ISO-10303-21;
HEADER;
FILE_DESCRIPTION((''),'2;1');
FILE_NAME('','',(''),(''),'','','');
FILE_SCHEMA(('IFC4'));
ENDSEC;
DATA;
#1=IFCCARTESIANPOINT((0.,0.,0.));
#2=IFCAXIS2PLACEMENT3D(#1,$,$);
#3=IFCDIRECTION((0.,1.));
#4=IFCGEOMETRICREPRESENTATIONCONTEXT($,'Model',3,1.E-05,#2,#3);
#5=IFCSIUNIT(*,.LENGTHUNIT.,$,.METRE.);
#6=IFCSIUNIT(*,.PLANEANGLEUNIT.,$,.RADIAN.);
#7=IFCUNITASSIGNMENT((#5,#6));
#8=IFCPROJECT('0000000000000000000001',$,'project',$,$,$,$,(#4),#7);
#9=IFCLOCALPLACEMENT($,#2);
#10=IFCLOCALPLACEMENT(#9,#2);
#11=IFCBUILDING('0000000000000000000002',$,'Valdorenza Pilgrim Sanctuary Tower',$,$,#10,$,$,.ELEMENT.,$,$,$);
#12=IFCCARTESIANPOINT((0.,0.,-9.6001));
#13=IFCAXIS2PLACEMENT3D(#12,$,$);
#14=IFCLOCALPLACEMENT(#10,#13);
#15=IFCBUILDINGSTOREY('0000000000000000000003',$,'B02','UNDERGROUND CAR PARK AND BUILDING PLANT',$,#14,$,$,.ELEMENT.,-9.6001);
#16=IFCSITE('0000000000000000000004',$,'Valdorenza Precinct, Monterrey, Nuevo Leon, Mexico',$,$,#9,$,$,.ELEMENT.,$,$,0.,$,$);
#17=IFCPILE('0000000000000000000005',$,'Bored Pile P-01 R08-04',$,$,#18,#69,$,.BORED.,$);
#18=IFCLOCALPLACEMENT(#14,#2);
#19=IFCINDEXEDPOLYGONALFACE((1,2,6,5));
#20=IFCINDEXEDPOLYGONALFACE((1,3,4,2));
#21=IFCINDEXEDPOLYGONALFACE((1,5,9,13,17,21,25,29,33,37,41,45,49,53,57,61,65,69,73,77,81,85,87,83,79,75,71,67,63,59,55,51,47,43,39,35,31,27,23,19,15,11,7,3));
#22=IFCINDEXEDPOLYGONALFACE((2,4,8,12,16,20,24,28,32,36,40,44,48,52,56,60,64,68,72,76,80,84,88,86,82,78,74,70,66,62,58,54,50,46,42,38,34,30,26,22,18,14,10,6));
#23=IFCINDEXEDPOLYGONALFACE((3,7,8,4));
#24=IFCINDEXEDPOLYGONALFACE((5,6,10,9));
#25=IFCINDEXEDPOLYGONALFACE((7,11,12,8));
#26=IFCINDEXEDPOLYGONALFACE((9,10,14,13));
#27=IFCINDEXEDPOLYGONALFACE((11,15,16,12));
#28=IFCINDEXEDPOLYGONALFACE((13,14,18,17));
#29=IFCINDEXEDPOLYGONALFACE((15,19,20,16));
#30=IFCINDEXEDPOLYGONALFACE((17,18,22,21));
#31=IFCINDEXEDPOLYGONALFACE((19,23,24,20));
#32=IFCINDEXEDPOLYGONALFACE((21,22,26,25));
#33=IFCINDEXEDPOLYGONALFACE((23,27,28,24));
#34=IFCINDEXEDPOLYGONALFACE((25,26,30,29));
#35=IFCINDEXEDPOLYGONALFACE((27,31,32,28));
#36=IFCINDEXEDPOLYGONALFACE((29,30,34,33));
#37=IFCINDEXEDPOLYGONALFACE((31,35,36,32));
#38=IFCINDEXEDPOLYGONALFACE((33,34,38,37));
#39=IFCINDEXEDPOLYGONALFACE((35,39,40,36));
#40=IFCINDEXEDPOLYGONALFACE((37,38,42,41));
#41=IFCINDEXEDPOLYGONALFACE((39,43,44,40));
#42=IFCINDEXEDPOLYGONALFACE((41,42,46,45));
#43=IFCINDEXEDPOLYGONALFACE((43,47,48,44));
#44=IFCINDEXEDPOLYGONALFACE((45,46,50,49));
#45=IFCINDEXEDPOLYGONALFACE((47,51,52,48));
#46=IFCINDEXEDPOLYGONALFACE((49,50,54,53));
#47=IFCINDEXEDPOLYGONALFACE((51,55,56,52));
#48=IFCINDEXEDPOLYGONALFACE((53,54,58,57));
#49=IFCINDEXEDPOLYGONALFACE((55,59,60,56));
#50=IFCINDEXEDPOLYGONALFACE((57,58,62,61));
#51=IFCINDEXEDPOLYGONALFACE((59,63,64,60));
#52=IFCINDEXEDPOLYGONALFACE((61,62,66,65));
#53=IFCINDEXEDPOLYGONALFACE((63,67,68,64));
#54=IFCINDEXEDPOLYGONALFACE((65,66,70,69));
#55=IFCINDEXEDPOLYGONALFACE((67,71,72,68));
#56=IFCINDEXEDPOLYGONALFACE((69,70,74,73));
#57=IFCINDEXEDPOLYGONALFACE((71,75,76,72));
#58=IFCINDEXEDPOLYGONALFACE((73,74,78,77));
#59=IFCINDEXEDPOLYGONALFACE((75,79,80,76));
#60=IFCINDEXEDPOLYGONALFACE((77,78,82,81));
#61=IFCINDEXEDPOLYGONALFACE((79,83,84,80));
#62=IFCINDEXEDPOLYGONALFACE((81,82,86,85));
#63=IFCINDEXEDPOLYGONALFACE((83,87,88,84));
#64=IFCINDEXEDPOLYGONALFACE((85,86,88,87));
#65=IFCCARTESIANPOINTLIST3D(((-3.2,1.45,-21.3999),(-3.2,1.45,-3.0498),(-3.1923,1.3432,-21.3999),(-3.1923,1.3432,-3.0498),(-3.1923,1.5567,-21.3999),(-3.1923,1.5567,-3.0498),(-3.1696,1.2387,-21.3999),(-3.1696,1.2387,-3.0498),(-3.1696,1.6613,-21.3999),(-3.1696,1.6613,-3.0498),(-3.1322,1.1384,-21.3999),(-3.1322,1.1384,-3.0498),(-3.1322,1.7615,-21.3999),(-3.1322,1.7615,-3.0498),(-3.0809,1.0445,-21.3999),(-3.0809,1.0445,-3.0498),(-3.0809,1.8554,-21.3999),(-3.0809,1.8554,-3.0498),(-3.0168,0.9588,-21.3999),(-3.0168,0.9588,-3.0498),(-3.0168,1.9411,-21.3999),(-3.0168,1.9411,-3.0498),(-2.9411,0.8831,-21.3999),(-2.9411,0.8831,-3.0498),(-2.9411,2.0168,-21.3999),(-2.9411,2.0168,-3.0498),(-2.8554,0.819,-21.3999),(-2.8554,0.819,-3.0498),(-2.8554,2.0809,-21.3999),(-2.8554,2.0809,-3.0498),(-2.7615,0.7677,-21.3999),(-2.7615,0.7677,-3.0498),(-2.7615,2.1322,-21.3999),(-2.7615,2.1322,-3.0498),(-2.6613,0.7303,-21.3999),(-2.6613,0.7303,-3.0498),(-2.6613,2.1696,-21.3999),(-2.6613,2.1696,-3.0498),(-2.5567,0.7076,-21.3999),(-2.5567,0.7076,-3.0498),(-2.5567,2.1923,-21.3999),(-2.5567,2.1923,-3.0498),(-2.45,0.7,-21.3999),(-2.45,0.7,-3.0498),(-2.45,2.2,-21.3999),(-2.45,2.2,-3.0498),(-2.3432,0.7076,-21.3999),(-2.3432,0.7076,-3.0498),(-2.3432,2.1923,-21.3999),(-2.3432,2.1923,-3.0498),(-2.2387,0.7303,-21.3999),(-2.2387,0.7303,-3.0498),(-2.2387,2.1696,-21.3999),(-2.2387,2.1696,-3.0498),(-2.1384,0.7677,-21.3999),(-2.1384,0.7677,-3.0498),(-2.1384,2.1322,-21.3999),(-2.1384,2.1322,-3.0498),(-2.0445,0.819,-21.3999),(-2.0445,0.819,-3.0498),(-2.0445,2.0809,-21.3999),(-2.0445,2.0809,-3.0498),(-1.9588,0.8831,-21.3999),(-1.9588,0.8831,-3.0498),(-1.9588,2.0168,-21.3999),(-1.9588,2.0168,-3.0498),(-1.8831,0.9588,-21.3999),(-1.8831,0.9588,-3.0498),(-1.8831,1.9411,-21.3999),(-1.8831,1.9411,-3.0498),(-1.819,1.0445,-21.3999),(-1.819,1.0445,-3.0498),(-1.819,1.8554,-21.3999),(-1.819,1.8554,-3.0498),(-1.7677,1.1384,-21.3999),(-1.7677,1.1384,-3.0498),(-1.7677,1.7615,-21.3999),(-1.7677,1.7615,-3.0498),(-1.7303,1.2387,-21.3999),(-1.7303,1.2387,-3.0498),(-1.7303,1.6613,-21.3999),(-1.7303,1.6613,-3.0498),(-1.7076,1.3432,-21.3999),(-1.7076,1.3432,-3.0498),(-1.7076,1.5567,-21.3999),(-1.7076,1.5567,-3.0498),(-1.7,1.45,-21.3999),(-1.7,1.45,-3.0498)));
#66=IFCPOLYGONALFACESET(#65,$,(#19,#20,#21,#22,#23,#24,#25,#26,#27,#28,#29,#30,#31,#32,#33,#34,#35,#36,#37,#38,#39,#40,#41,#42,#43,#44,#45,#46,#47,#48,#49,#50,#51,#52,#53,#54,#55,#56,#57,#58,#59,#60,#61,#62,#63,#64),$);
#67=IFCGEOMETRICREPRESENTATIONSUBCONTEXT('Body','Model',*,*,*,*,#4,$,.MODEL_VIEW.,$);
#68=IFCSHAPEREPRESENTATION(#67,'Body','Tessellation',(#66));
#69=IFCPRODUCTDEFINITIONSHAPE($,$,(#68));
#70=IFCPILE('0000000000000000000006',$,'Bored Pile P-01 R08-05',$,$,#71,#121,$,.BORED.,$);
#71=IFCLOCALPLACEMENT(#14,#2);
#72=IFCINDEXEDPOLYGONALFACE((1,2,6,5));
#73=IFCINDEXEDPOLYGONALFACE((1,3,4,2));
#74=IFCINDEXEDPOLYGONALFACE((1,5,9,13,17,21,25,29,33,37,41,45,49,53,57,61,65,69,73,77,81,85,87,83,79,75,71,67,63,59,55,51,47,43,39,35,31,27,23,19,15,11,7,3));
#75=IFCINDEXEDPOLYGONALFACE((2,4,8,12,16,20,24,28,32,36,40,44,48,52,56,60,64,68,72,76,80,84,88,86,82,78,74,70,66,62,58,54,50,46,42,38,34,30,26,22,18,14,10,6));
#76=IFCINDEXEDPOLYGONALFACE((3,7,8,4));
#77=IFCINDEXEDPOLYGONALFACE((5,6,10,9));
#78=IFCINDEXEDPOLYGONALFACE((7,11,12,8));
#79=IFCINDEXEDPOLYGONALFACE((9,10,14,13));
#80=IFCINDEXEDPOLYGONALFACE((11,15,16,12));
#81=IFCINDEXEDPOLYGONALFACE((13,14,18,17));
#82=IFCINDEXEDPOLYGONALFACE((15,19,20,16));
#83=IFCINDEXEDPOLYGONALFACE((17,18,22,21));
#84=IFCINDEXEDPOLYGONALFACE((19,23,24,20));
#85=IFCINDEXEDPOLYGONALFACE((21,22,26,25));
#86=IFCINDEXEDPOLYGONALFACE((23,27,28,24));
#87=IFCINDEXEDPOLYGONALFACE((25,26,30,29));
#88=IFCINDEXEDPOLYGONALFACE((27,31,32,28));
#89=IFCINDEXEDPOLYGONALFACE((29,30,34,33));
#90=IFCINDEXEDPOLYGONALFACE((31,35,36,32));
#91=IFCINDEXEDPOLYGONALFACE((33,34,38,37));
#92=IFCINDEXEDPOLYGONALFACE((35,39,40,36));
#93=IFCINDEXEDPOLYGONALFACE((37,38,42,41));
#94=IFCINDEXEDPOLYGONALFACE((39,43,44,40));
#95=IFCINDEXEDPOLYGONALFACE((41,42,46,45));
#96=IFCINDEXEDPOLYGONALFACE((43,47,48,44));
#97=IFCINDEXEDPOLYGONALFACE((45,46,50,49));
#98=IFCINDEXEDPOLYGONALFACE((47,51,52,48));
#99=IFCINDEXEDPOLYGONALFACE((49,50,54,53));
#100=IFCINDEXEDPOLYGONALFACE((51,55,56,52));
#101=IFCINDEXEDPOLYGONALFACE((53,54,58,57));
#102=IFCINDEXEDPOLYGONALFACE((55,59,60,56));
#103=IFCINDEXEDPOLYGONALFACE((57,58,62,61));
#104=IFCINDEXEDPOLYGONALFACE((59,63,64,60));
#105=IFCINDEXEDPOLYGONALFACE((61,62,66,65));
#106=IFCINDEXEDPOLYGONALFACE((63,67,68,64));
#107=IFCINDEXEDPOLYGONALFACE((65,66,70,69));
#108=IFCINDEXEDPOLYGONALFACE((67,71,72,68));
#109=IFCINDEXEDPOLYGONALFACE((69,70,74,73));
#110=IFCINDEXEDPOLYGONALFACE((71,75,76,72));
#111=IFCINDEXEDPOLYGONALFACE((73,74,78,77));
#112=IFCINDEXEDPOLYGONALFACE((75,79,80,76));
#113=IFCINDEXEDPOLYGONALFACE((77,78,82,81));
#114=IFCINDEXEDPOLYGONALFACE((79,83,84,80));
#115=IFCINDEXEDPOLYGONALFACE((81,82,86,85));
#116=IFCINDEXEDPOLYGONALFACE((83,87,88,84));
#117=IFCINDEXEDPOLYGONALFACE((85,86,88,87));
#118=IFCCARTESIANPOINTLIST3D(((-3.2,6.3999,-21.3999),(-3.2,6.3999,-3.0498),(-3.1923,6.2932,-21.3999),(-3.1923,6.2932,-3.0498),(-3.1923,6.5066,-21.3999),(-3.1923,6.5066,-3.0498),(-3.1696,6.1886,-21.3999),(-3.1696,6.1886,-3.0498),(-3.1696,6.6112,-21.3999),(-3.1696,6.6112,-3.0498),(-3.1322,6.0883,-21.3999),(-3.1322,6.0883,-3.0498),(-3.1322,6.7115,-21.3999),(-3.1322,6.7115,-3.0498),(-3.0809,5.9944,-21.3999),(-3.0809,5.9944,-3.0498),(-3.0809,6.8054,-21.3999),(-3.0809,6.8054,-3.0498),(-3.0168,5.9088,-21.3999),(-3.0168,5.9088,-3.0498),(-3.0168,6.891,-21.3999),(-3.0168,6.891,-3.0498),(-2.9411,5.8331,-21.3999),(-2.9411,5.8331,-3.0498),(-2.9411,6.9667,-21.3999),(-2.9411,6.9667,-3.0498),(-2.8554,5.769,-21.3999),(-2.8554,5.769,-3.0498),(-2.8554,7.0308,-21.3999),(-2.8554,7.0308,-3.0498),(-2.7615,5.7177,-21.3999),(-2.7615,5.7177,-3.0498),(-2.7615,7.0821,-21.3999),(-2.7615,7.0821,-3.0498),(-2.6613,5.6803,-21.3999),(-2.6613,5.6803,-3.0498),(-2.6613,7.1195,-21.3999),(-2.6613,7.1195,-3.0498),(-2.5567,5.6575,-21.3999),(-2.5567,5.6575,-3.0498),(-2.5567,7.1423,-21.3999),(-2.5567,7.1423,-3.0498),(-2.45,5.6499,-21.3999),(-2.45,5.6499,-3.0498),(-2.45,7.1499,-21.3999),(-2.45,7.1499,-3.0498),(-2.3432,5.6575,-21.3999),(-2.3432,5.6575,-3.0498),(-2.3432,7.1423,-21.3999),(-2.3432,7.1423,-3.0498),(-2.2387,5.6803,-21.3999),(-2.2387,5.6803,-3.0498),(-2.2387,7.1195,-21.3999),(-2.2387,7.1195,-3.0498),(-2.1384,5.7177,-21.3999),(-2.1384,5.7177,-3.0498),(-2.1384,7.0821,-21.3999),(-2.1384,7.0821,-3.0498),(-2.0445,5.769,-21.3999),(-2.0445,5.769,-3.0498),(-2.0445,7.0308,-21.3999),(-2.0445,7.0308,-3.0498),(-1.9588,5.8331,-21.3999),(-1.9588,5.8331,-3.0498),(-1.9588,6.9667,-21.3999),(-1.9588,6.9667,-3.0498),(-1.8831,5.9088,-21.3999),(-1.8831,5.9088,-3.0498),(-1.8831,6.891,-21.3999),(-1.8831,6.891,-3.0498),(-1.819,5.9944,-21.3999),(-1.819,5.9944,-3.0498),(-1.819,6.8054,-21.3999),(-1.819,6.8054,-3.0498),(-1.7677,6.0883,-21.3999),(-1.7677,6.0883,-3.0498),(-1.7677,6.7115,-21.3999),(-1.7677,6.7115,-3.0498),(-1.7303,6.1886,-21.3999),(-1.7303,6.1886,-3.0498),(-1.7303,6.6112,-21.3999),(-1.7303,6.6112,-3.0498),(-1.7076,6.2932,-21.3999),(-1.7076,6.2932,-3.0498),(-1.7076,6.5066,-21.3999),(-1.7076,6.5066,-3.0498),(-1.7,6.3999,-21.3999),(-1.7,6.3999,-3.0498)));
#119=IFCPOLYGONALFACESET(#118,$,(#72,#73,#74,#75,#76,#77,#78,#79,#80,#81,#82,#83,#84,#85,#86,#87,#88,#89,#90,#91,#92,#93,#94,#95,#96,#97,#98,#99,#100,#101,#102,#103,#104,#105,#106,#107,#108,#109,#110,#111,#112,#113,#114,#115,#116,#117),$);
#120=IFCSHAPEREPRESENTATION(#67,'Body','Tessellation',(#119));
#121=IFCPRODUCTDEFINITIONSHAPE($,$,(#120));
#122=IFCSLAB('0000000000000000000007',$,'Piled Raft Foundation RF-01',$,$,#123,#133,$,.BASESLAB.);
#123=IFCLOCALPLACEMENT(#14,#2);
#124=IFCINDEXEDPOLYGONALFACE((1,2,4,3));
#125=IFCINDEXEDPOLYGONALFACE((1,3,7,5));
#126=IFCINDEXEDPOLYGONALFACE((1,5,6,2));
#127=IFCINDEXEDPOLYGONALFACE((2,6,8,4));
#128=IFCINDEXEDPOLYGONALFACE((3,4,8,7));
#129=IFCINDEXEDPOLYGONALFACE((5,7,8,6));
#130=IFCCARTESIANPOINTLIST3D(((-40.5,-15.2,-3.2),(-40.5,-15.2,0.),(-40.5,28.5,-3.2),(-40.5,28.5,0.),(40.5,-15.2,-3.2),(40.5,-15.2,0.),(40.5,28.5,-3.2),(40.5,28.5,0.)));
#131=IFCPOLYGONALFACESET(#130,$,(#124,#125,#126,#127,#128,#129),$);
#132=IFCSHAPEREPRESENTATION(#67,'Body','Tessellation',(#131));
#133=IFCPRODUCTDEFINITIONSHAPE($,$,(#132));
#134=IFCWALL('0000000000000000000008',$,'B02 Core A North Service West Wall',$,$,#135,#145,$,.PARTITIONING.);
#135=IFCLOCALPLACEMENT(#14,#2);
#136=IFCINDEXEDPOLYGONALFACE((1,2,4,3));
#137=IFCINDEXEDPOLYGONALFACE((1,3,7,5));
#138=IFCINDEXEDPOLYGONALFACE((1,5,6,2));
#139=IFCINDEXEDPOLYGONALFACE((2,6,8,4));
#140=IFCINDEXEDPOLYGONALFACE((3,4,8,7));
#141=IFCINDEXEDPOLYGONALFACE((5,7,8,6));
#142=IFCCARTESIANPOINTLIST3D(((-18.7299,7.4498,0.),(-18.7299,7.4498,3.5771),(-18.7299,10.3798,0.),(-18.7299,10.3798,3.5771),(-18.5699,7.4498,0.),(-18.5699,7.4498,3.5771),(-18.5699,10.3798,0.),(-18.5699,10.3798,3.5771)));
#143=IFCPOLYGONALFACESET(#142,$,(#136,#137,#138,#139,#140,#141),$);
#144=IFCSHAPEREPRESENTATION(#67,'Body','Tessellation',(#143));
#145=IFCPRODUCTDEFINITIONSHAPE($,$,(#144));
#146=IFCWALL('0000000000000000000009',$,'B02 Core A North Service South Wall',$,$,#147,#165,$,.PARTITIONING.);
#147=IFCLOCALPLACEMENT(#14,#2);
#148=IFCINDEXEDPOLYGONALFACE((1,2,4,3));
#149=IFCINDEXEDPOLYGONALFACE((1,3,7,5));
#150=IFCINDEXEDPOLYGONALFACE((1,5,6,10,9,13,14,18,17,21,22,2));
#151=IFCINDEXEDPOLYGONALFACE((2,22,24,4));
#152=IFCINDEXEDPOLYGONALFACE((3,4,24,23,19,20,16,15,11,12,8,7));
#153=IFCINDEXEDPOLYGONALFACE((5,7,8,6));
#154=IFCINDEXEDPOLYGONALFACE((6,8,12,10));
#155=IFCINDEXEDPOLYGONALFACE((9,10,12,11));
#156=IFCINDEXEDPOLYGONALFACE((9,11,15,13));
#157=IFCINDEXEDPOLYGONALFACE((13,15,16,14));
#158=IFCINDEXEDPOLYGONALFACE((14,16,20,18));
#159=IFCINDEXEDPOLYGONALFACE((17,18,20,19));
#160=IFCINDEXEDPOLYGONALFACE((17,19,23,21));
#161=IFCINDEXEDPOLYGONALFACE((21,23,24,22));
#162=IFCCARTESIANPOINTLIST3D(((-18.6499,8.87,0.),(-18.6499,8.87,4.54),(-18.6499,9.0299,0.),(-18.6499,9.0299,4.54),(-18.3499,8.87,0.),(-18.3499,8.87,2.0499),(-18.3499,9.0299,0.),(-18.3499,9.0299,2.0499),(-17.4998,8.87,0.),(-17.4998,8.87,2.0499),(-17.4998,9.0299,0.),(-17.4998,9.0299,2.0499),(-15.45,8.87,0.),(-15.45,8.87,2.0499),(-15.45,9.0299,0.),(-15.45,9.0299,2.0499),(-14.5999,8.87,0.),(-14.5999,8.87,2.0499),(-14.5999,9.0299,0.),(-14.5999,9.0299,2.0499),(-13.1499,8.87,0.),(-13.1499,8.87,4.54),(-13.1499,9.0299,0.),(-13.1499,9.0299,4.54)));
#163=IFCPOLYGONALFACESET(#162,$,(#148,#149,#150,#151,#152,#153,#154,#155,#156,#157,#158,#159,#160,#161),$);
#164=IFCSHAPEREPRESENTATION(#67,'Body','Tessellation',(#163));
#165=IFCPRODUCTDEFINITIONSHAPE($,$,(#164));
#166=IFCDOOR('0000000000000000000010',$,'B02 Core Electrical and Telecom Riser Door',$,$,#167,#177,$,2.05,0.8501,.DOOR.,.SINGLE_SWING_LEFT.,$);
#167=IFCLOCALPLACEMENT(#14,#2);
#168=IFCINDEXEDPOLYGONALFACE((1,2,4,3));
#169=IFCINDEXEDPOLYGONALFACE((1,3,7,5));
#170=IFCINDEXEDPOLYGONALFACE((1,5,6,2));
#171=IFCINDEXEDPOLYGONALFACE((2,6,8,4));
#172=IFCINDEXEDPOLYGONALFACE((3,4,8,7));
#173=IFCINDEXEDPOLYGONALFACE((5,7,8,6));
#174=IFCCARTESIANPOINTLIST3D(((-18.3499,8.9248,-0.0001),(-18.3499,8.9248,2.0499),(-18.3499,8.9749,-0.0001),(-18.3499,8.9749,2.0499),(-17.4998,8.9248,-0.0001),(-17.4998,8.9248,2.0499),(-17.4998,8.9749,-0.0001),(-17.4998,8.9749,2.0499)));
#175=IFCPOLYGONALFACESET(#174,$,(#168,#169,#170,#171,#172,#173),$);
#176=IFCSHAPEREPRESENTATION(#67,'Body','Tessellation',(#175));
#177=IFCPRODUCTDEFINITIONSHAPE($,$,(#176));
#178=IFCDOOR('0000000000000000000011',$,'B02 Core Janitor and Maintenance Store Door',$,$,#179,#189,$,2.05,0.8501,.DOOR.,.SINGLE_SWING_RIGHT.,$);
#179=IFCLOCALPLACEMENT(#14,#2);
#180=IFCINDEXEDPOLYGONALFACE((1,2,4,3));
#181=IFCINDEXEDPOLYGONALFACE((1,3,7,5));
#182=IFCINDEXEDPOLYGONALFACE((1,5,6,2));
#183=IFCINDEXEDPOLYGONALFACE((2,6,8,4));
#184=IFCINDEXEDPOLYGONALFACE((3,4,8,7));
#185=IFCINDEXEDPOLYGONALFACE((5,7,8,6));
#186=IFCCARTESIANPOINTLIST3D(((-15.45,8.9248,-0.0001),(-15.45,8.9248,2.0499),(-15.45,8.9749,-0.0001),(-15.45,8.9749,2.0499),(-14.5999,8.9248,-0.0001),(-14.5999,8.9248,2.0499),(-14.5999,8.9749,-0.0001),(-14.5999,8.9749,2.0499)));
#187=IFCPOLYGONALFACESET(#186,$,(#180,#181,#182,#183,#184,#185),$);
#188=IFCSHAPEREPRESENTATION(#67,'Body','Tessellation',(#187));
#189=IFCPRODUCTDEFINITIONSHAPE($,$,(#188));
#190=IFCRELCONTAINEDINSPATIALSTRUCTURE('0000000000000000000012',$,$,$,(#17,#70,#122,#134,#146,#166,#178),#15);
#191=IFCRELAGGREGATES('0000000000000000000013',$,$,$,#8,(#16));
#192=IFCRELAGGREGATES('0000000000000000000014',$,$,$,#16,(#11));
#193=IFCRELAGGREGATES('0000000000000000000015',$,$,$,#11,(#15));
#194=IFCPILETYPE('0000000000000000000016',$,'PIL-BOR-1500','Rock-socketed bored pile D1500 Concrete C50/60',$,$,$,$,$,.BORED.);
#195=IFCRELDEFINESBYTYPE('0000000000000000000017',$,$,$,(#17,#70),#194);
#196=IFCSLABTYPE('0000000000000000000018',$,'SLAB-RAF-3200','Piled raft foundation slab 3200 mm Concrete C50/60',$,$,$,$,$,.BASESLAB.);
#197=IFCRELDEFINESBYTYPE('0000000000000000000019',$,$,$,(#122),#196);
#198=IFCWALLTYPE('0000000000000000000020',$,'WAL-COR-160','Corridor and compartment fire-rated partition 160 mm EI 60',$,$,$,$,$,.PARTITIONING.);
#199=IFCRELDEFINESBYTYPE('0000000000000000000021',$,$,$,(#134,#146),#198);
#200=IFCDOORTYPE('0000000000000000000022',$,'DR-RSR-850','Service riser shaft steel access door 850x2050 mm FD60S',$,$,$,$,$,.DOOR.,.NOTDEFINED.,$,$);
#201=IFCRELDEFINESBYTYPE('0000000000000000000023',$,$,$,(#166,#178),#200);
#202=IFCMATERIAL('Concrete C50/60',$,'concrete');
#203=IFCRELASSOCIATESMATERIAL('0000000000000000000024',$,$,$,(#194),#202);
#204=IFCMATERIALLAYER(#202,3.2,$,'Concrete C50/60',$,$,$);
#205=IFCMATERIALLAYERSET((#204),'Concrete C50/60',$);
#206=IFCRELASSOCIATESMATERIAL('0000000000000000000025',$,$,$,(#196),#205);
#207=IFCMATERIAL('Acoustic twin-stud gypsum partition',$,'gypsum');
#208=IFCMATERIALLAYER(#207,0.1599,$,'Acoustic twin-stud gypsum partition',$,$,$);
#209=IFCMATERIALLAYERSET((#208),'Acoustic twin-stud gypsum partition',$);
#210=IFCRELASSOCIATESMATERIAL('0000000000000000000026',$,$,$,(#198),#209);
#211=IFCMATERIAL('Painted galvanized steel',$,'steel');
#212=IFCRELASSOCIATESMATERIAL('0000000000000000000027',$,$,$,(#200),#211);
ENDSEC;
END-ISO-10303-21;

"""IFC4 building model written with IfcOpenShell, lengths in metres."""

from ifc_helpers import new_model, si_unit, direction, frame, frame_2d, origin, origin_2d, place, context, subcontext, project, spatial, polyline, rectangle, circle, outline, extrude, source, transform, mapped, material, layer, layer_set, material_profile, profile_set, type_object, element, fill, save


model = new_model("IFC4")

# Units and contexts
model_context = context("Model", 3, precision=1e-05, world=origin(), true_north=direction((0.0, 1.0)))
body_context = subcontext(model_context, "Body", "Model", "MODEL_VIEW")
ifc_project = project(units=[si_unit("LENGTHUNIT", "METRE"), si_unit("PLANEANGLEUNIT", "RADIAN")], contexts=[model_context])

# Site, building, storey
site_placement = place(None, origin())
site = spatial("IfcSite", under=ifc_project, at=site_placement, Name="Valdorenza Precinct, Monterrey, Nuevo Leon, Mexico", CompositionType="ELEMENT", RefElevation=0.0)
building_placement = place(site_placement, origin())
building = spatial("IfcBuilding", under=site, at=building_placement, Name="Valdorenza Pilgrim Sanctuary Tower", CompositionType="ELEMENT")
storey_placement = place(building_placement, frame((0.0, 0.0, -9.6001)))
storey = spatial("IfcBuildingStorey", under=building, at=storey_placement, Name="B02", Description="UNDERGROUND CAR PARK AND BUILDING PLANT", CompositionType="ELEMENT", Elevation=-9.6001)

# Shared definitions
ifc_material_1 = material(Name="Concrete C50/60", Category="concrete")

# Piles
ifc_material_profile = material_profile(ifc_material_1, circle(Radius=0.75, at=origin_2d()), Name="BORED PILE 1500")
ifc_profile_set = profile_set([ifc_material_profile], Name="Concrete C50/60")
pile_type = type_object("IfcPileType", Name="PIL-BOR-1500", Description="Rock-socketed bored pile D1500 Concrete C50/60", PredefinedType="BORED", material=ifc_profile_set)
shared_shape_1 = source(origin(), body_context, "Body", "SweptSolid", [
    extrude(circle(Radius=0.75, at=origin_2d()), origin(), (0.0, 0.0, 1.0), 18.3501),
])
for number, where, z_axis, x_axis, name in (
    (1, (-2.45, 1.45, -3.0498), (0.0, 0.0, -1.0), (1.0, 0.0, 0.0), "Bored Pile P-01 R08-04"),
    (2, (-2.45, 6.3999, -3.0498), (0.0, 0.0, -1.0), (1.0, 0.0, 0.0), "Bored Pile P-01 R08-05"),
):
    element("IfcPile", number, at=place(storey_placement, frame(where, z_axis=z_axis, x_axis=x_axis)), inside=storey, type_object=pile_type, Name=name, PredefinedType="BORED", context=body_context, shape_type="MappedRepresentation", body=[
        mapped(shared_shape_1, transform((0.0, 0.0, 0.0), x_axis=(1.0, 0.0, 0.0), y_axis=(0.0, 1.0, 0.0), z_axis=(0.0, 0.0, 1.0), scale=1.0)),
    ])

# Slab
ifc_layer_1 = layer(ifc_material_1, 3.2, Name="Concrete C50/60")
ifc_layer_set_1 = layer_set([ifc_layer_1], Name="Concrete C50/60")
slab_type = type_object("IfcSlabType", Name="SLAB-RAF-3200", Description="Piled raft foundation slab 3200 mm Concrete C50/60", PredefinedType="BASESLAB", material=ifc_layer_set_1)
slab_placement = place(storey_placement, frame((0.0, 0.0, -3.2)))
element("IfcSlab", 3, at=slab_placement, inside=storey, type_object=slab_type, Name="Piled Raft Foundation RF-01", PredefinedType="BASESLAB", context=body_context, shape_type="SweptSolid", body=[
    extrude(outline(polyline([(-40.5, -15.2), (40.5, -15.2), (40.5, 28.5), (-40.5, 28.5), (-40.5, -15.2)])), origin(), (0.0, 0.0, 1.0), 3.2),
])

# Wall
ifc_material_2 = material(Name="Acoustic twin-stud gypsum partition", Category="gypsum")
ifc_layer_2 = layer(ifc_material_2, 0.1599, Name="Acoustic twin-stud gypsum partition")
ifc_layer_set_2 = layer_set([ifc_layer_2], Name="Acoustic twin-stud gypsum partition")
wall_type_1 = type_object("IfcWallType", Name="WAL-COR-160", Description="Corridor and compartment fire-rated partition 160 mm EI 60", PredefinedType="PARTITIONING", material=ifc_layer_set_2)
wall_1_placement = place(storey_placement, frame((-18.6499, 7.45, 0.0), z_axis=(0.0, 0.0, 1.0), x_axis=(0.0, 1.0, 0.0)))
element("IfcWall", 4, at=wall_1_placement, inside=storey, type_object=wall_type_1, Name="B02 Core A North Service West Wall", PredefinedType="PARTITIONING", context=body_context, shape_type="SweptSolid", body=[
    extrude(rectangle(XDim=2.9299, YDim=0.1599, at=frame_2d((1.4648, 0.0))), origin(), (0.0, 0.0, 1.0), 3.5771),
])

# Wall, openings, doors
wall_2_placement = place(storey_placement, frame((-18.6499, 8.95, 0.0), z_axis=(0.0, 0.0, 1.0), x_axis=(1.0, 0.0, 0.0)))
wall_2 = element("IfcWall", 5, at=wall_2_placement, inside=storey, type_object=wall_type_1, Name="B02 Core A North Service South Wall", PredefinedType="PARTITIONING", context=body_context, shape_type="SweptSolid", body=[
    extrude(rectangle(XDim=5.5, YDim=0.1599, at=frame_2d((2.75, 0.0))), origin(), (0.0, 0.0, 1.0), 4.54),
])
opening_1_placement = place(wall_2_placement, frame((0.3, 0.0, 0.0)))
opening_1 = element("IfcOpeningElement", 6, at=opening_1_placement, cuts=wall_2, PredefinedType="OPENING", context=body_context, shape_type="SweptSolid", body=[
    extrude(rectangle(XDim=0.8501, YDim=2.05, at=frame_2d((0.425, 1.0249))), frame((0.0, 0.0947, 0.0), z_axis=(0.0, -1.0, 0.0), x_axis=(1.0, 0.0, 0.0)), (0.0, 0.0, 1.0), 0.1897),
])
opening_2_placement = place(wall_2_placement, frame((3.2, 0.0, 0.0)))
opening_2 = element("IfcOpeningElement", 7, at=opening_2_placement, cuts=wall_2, PredefinedType="OPENING", context=body_context, shape_type="SweptSolid", body=[
    extrude(rectangle(XDim=0.8501, YDim=2.05, at=frame_2d((0.425, 1.0249))), frame((0.0, 0.0947, 0.0), z_axis=(0.0, -1.0, 0.0), x_axis=(1.0, 0.0, 0.0)), (0.0, 0.0, 1.0), 0.1897),
])
ifc_material_3 = material(Name="Painted galvanized steel", Category="steel")
door_type_1 = type_object("IfcDoorType", Name="DR-RSR-850", Description="Service riser shaft steel access door 850x2050 mm FD60S", OperationType="NOTDEFINED", PredefinedType="DOOR", material=ifc_material_3)
door_1_placement = place(opening_1_placement, origin())
door_1 = element("IfcDoor", 8, at=door_1_placement, inside=storey, type_object=door_type_1, Name="B02 Core Electrical and Telecom Riser Door", OperationType="SINGLE_SWING_LEFT", OverallHeight=2.05, OverallWidth=0.8501, PredefinedType="DOOR", context=body_context, shape_type="SweptSolid", body=[
    extrude(rectangle(XDim=0.8501, YDim=2.05, at=frame_2d((0.425, 1.0249))), frame((0.0, 0.0249, 0.0), z_axis=(0.0, -1.0, 0.0), x_axis=(1.0, 0.0, 0.0)), (0.0, 0.0, 1.0), 0.05),
])
fill(opening_1, door_1)
door_2_placement = place(opening_2_placement, origin())
door_2 = element("IfcDoor", 9, at=door_2_placement, inside=storey, type_object=door_type_1, Name="B02 Core Janitor and Maintenance Store Door", OperationType="SINGLE_SWING_RIGHT", OverallHeight=2.05, OverallWidth=0.8501, PredefinedType="DOOR", context=body_context, shape_type="SweptSolid", body=[
    extrude(rectangle(XDim=0.8501, YDim=2.05, at=frame_2d((0.425, 1.0249))), frame((0.0, 0.0249, 0.0), z_axis=(0.0, -1.0, 0.0), x_axis=(1.0, 0.0, 0.0)), (0.0, 0.0, 1.0), 0.05),
])
fill(opening_2, door_2)

save(model, "model.ifc")
